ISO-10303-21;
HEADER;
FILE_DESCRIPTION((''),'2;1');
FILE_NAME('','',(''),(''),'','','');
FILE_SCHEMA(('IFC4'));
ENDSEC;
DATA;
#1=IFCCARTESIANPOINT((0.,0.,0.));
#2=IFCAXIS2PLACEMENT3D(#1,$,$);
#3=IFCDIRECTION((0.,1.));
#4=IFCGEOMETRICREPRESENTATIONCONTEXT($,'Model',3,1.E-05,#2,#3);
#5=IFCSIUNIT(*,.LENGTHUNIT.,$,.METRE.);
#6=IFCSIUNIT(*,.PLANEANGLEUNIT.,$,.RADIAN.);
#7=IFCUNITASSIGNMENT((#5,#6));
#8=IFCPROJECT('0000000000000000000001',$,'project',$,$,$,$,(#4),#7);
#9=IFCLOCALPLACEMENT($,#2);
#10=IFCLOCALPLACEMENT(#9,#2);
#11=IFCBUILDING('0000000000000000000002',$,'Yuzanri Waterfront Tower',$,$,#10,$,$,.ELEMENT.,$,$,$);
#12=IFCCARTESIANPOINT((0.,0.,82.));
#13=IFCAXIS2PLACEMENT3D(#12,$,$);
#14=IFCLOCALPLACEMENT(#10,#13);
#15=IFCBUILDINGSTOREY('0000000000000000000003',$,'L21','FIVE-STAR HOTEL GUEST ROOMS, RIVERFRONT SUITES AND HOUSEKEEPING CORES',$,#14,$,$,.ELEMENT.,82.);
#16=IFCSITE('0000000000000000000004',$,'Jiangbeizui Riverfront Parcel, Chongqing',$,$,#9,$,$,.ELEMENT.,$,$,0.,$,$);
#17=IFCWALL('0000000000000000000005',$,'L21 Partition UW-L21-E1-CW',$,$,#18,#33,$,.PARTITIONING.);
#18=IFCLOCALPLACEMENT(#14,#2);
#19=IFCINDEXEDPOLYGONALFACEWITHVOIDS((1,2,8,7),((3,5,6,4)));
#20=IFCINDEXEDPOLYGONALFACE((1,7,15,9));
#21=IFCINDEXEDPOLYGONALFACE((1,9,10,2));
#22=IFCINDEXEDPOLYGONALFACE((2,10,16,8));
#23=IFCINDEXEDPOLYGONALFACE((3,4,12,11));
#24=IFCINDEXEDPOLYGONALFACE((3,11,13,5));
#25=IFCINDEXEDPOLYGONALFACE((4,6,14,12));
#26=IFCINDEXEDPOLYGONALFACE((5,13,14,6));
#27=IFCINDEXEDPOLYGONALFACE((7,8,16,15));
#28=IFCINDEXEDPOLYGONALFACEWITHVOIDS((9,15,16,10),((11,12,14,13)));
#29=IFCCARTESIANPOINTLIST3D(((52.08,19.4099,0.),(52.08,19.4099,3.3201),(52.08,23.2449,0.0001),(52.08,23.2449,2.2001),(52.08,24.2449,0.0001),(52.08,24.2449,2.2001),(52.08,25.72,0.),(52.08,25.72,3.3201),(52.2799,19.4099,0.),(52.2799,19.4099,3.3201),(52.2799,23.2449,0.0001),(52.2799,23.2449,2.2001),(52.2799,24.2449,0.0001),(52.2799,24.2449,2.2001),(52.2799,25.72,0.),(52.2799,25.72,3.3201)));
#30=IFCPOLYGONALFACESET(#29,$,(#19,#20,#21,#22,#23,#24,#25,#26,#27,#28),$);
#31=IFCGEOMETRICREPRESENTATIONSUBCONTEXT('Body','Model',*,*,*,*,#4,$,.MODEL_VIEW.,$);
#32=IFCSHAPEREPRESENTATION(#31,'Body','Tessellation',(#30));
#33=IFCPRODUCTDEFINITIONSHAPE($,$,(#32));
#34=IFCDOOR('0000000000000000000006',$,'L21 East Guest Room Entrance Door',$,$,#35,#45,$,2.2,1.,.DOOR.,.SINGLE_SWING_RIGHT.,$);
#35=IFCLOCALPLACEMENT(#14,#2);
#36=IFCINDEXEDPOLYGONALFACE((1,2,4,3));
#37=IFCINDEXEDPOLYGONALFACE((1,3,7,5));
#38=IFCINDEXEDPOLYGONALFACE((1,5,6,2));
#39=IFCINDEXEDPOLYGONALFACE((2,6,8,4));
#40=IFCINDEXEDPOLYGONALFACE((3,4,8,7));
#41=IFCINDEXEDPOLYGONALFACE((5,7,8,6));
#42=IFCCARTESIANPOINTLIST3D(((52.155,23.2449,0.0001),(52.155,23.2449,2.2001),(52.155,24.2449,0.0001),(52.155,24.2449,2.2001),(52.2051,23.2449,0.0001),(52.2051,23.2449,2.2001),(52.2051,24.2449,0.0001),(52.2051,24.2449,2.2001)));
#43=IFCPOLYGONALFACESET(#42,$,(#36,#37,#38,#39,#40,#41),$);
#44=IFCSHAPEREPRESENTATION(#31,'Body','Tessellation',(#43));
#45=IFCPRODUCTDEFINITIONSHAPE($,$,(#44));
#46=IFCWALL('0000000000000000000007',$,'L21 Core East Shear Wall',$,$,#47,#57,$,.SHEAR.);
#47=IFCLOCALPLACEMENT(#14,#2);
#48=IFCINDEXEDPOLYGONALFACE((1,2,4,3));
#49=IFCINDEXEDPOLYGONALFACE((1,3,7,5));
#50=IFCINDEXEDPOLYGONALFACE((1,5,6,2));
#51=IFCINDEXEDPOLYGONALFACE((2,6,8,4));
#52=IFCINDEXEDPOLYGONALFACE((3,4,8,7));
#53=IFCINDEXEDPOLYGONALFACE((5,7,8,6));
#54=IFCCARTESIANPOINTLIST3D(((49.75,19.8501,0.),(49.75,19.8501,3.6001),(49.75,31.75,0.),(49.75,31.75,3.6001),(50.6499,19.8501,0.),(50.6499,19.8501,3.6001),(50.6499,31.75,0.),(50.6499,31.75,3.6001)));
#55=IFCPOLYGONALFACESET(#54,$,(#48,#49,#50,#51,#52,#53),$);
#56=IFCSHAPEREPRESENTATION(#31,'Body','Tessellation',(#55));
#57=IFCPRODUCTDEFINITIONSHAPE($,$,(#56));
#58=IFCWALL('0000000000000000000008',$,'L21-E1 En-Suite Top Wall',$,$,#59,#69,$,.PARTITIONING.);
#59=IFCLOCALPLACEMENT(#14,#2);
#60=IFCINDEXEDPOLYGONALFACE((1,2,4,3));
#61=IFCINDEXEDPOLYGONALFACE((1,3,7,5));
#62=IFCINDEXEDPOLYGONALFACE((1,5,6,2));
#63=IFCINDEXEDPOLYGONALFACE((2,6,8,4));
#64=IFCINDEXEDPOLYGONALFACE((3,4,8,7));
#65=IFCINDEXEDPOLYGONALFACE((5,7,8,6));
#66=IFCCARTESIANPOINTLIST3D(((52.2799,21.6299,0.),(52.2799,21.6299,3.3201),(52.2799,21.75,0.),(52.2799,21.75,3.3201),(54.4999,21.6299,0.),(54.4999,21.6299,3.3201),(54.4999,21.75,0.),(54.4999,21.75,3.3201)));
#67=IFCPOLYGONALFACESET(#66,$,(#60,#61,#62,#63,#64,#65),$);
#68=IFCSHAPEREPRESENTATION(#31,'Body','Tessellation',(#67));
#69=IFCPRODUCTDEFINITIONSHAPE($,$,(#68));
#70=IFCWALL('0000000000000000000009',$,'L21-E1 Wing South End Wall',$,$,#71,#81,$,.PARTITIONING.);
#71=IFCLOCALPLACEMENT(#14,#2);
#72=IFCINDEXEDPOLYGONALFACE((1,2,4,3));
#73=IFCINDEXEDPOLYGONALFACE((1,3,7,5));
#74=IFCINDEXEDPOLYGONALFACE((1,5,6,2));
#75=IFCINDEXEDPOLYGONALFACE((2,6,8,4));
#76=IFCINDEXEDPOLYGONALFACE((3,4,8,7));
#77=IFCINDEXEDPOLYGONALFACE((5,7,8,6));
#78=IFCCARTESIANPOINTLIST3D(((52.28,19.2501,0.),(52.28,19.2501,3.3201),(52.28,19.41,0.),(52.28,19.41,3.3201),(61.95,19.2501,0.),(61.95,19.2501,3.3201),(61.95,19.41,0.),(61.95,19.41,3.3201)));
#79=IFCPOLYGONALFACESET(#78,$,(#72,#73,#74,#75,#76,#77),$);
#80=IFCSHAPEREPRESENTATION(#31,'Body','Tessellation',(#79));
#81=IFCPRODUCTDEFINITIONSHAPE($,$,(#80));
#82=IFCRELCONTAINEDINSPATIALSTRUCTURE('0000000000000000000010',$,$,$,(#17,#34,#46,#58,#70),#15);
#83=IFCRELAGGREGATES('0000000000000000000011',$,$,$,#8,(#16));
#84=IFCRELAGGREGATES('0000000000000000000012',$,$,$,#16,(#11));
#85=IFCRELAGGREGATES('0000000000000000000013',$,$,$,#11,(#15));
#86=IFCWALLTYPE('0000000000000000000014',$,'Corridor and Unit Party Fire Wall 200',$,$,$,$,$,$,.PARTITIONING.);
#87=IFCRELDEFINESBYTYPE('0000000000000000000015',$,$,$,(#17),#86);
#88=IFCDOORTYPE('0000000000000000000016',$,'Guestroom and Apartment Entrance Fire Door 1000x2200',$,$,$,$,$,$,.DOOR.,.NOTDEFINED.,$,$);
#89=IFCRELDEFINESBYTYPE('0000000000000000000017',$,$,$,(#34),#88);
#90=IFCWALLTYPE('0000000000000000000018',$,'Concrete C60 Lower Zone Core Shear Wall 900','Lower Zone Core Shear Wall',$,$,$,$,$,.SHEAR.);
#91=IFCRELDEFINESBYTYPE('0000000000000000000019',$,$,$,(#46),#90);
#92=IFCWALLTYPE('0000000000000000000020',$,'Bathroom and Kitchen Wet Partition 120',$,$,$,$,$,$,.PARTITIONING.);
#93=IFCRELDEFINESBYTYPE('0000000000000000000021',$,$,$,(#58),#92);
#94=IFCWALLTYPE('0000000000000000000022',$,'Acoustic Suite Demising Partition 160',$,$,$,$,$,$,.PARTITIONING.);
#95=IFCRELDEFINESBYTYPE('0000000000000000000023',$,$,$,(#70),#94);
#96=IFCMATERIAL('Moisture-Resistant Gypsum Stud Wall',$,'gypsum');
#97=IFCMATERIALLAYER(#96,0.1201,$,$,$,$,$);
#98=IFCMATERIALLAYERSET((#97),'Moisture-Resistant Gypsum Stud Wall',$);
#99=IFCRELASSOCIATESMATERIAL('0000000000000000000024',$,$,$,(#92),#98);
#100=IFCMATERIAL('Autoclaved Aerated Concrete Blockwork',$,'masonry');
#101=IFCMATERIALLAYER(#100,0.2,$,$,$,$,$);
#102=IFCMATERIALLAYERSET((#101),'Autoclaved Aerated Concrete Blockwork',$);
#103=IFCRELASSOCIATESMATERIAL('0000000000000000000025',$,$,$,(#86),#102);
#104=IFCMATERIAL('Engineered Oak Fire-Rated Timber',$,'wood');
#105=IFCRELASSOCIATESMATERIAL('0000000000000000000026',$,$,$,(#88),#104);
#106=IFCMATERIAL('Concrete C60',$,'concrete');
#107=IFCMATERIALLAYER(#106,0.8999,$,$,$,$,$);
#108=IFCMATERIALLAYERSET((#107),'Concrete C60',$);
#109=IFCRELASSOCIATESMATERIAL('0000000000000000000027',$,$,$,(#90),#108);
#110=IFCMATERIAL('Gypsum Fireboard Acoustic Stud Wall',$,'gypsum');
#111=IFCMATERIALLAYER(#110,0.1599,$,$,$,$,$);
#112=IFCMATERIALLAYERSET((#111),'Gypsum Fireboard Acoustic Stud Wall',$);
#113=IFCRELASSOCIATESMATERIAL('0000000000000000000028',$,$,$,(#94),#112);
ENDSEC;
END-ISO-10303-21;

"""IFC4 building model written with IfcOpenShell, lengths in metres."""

from ifc_helpers import new_model, si_unit, direction, frame, frame_2d, origin, place, context, subcontext, project, spatial, rectangle, extrude, source, transform, mapped, material, layer, layer_set, type_object, element, fill, save


model = new_model("IFC4")

# Units and contexts
model_context = context("Model", 3, precision=1e-05, world=origin(), true_north=direction((0.0, 1.0)))
body_context = subcontext(model_context, "Body", "Model", "MODEL_VIEW")
ifc_project = project(units=[si_unit("LENGTHUNIT", "METRE"), si_unit("PLANEANGLEUNIT", "RADIAN")], contexts=[model_context])

# Site, building, storey
site_placement = place(None, origin())
site = spatial("IfcSite", under=ifc_project, at=site_placement, Name="Jiangbeizui Riverfront Parcel, Chongqing", CompositionType="ELEMENT", RefElevation=0.0)
building_placement = place(site_placement, origin())
building = spatial("IfcBuilding", under=site, at=building_placement, Name="Yuzanri Waterfront Tower", CompositionType="ELEMENT")
storey_placement = place(building_placement, frame((0.0, 0.0, 82.0)))
storey = spatial("IfcBuildingStorey", under=building, at=storey_placement, Name="L21", Description="FIVE-STAR HOTEL GUEST ROOMS, RIVERFRONT SUITES AND HOUSEKEEPING CORES", CompositionType="ELEMENT", Elevation=82.0)

# Wall, opening, door
ifc_material_1 = material(Name="Moisture-Resistant Gypsum Stud Wall", Category="gypsum")
ifc_layer_1 = layer(ifc_material_1, 0.1201)
ifc_layer_set_1 = layer_set([ifc_layer_1], Name="Moisture-Resistant Gypsum Stud Wall")
wall_type_1 = type_object("IfcWallType", Name="Bathroom and Kitchen Wet Partition 120", PredefinedType="PARTITIONING", material=ifc_layer_set_1)
ifc_material_2 = material(Name="Autoclaved Aerated Concrete Blockwork", Category="masonry")
ifc_layer_2 = layer(ifc_material_2, 0.2)
ifc_layer_set_2 = layer_set([ifc_layer_2], Name="Autoclaved Aerated Concrete Blockwork")
wall_type_2 = type_object("IfcWallType", Name="Corridor and Unit Party Fire Wall 200", PredefinedType="PARTITIONING", material=ifc_layer_set_2)
ifc_material_3 = material(Name="Engineered Oak Fire-Rated Timber", Category="wood")
door_type_1 = type_object("IfcDoorType", Name="Guestroom and Apartment Entrance Fire Door 1000x2200", OperationType="NOTDEFINED", PredefinedType="DOOR", material=ifc_material_3)
shared_shape_1 = source(origin(), body_context, "Body", "SweptSolid", [
    extrude(rectangle(XDim=1.0, YDim=2.2, at=frame_2d((0.5, 1.1001))), frame((0.0, 0.0249, 0.0), z_axis=(0.0, -1.0, 0.0), x_axis=(1.0, 0.0, 0.0)), (0.0, 0.0, 1.0), 0.05),
])
wall_1_placement = place(storey_placement, frame((52.1799, 19.4099, 0.0), z_axis=(0.0, 0.0, 1.0), x_axis=(0.0, 1.0, 0.0)))
wall_1 = element("IfcWall", 1, at=wall_1_placement, inside=storey, type_object=wall_type_2, Name="L21 Partition UW-L21-E1-CW", PredefinedType="PARTITIONING", context=body_context, shape_type="SweptSolid", body=[
    extrude(rectangle(XDim=6.3101, YDim=0.2, at=frame_2d((3.155, 0.0))), origin(), (0.0, 0.0, 1.0), 3.3201),
])
opening_1_placement = place(wall_1_placement, frame((3.835, 0.0, 0.0)))
opening_1 = element("IfcOpeningElement", 2, at=opening_1_placement, cuts=wall_1, PredefinedType="OPENING", context=body_context, shape_type="SweptSolid", body=[
    extrude(rectangle(XDim=1.0, YDim=2.2, at=frame_2d((0.5, 1.1001))), frame((0.0, 0.1147, 0.0), z_axis=(0.0, -1.0, 0.0), x_axis=(1.0, 0.0, 0.0)), (0.0, 0.0, 1.0), 0.2297),
])
door_1_placement = place(opening_1_placement, origin())
door_1 = element("IfcDoor", 3, at=door_1_placement, inside=storey, type_object=door_type_1, Name="L21 East Guest Room Entrance Door", OperationType="SINGLE_SWING_RIGHT", OverallHeight=2.2, OverallWidth=1.0, PredefinedType="DOOR", context=body_context, shape_type="MappedRepresentation", body=[
    mapped(shared_shape_1, transform((0.0, 0.0, 0.0), scale=1.0)),
])
fill(opening_1, door_1)

# Walls
ifc_material_4 = material(Name="Concrete C60", Category="concrete")
ifc_layer_3 = layer(ifc_material_4, 0.8999)
ifc_layer_set_3 = layer_set([ifc_layer_3], Name="Concrete C60")
wall_type_3 = type_object("IfcWallType", Name="Concrete C60 Lower Zone Core Shear Wall 900", Description="Lower Zone Core Shear Wall", PredefinedType="SHEAR", material=ifc_layer_set_3)
shared_shape_2 = source(origin(), body_context, "Body", "SweptSolid", [
    extrude(rectangle(XDim=11.8999, YDim=0.8999, at=frame_2d((5.95, 0.0))), origin(), (0.0, 0.0, 1.0), 3.6001),
])
wall_2_placement = place(storey_placement, frame((50.2, 19.8501, 0.0), z_axis=(0.0, 0.0, 1.0), x_axis=(0.0, 1.0, 0.0)))
element("IfcWall", 4, at=wall_2_placement, inside=storey, type_object=wall_type_3, Name="L21 Core East Shear Wall", PredefinedType="SHEAR", context=body_context, shape_type="MappedRepresentation", body=[
    mapped(shared_shape_2, transform((0.0, 0.0, 0.0), scale=1.0)),
])
shared_shape_3 = source(origin(), body_context, "Body", "SweptSolid", [
    extrude(rectangle(XDim=2.22, YDim=0.1201, at=frame_2d((1.1099, 0.0))), origin(), (0.0, 0.0, 1.0), 3.3201),
])
wall_3_placement = place(storey_placement, frame((52.28, 21.6899, 0.0), z_axis=(0.0, 0.0, 1.0), x_axis=(1.0, 0.0, 0.0)))
element("IfcWall", 5, at=wall_3_placement, inside=storey, type_object=wall_type_1, Name="L21-E1 En-Suite Top Wall", PredefinedType="PARTITIONING", context=body_context, shape_type="MappedRepresentation", body=[
    mapped(shared_shape_3, transform((0.0, 0.0, 0.0), scale=1.0)),
])
ifc_material_5 = material(Name="Gypsum Fireboard Acoustic Stud Wall", Category="gypsum")
ifc_layer_4 = layer(ifc_material_5, 0.1599)
ifc_layer_set_4 = layer_set([ifc_layer_4], Name="Gypsum Fireboard Acoustic Stud Wall")
wall_type_4 = type_object("IfcWallType", Name="Acoustic Suite Demising Partition 160", PredefinedType="PARTITIONING", material=ifc_layer_set_4)
shared_shape_4 = source(origin(), body_context, "Body", "SweptSolid", [
    extrude(rectangle(XDim=9.6699, YDim=0.1599, at=frame_2d((4.835, 0.0))), origin(), (0.0, 0.0, 1.0), 3.3201),
])
wall_4_placement = place(storey_placement, frame((52.28, 19.3301, 0.0), z_axis=(0.0, 0.0, 1.0), x_axis=(1.0, 0.0, 0.0)))
element("IfcWall", 6, at=wall_4_placement, inside=storey, type_object=wall_type_4, Name="L21-E1 Wing South End Wall", PredefinedType="PARTITIONING", context=body_context, shape_type="MappedRepresentation", body=[
    mapped(shared_shape_4, transform((0.0, 0.0, 0.0), scale=1.0)),
])

save(model, "model.ifc")
